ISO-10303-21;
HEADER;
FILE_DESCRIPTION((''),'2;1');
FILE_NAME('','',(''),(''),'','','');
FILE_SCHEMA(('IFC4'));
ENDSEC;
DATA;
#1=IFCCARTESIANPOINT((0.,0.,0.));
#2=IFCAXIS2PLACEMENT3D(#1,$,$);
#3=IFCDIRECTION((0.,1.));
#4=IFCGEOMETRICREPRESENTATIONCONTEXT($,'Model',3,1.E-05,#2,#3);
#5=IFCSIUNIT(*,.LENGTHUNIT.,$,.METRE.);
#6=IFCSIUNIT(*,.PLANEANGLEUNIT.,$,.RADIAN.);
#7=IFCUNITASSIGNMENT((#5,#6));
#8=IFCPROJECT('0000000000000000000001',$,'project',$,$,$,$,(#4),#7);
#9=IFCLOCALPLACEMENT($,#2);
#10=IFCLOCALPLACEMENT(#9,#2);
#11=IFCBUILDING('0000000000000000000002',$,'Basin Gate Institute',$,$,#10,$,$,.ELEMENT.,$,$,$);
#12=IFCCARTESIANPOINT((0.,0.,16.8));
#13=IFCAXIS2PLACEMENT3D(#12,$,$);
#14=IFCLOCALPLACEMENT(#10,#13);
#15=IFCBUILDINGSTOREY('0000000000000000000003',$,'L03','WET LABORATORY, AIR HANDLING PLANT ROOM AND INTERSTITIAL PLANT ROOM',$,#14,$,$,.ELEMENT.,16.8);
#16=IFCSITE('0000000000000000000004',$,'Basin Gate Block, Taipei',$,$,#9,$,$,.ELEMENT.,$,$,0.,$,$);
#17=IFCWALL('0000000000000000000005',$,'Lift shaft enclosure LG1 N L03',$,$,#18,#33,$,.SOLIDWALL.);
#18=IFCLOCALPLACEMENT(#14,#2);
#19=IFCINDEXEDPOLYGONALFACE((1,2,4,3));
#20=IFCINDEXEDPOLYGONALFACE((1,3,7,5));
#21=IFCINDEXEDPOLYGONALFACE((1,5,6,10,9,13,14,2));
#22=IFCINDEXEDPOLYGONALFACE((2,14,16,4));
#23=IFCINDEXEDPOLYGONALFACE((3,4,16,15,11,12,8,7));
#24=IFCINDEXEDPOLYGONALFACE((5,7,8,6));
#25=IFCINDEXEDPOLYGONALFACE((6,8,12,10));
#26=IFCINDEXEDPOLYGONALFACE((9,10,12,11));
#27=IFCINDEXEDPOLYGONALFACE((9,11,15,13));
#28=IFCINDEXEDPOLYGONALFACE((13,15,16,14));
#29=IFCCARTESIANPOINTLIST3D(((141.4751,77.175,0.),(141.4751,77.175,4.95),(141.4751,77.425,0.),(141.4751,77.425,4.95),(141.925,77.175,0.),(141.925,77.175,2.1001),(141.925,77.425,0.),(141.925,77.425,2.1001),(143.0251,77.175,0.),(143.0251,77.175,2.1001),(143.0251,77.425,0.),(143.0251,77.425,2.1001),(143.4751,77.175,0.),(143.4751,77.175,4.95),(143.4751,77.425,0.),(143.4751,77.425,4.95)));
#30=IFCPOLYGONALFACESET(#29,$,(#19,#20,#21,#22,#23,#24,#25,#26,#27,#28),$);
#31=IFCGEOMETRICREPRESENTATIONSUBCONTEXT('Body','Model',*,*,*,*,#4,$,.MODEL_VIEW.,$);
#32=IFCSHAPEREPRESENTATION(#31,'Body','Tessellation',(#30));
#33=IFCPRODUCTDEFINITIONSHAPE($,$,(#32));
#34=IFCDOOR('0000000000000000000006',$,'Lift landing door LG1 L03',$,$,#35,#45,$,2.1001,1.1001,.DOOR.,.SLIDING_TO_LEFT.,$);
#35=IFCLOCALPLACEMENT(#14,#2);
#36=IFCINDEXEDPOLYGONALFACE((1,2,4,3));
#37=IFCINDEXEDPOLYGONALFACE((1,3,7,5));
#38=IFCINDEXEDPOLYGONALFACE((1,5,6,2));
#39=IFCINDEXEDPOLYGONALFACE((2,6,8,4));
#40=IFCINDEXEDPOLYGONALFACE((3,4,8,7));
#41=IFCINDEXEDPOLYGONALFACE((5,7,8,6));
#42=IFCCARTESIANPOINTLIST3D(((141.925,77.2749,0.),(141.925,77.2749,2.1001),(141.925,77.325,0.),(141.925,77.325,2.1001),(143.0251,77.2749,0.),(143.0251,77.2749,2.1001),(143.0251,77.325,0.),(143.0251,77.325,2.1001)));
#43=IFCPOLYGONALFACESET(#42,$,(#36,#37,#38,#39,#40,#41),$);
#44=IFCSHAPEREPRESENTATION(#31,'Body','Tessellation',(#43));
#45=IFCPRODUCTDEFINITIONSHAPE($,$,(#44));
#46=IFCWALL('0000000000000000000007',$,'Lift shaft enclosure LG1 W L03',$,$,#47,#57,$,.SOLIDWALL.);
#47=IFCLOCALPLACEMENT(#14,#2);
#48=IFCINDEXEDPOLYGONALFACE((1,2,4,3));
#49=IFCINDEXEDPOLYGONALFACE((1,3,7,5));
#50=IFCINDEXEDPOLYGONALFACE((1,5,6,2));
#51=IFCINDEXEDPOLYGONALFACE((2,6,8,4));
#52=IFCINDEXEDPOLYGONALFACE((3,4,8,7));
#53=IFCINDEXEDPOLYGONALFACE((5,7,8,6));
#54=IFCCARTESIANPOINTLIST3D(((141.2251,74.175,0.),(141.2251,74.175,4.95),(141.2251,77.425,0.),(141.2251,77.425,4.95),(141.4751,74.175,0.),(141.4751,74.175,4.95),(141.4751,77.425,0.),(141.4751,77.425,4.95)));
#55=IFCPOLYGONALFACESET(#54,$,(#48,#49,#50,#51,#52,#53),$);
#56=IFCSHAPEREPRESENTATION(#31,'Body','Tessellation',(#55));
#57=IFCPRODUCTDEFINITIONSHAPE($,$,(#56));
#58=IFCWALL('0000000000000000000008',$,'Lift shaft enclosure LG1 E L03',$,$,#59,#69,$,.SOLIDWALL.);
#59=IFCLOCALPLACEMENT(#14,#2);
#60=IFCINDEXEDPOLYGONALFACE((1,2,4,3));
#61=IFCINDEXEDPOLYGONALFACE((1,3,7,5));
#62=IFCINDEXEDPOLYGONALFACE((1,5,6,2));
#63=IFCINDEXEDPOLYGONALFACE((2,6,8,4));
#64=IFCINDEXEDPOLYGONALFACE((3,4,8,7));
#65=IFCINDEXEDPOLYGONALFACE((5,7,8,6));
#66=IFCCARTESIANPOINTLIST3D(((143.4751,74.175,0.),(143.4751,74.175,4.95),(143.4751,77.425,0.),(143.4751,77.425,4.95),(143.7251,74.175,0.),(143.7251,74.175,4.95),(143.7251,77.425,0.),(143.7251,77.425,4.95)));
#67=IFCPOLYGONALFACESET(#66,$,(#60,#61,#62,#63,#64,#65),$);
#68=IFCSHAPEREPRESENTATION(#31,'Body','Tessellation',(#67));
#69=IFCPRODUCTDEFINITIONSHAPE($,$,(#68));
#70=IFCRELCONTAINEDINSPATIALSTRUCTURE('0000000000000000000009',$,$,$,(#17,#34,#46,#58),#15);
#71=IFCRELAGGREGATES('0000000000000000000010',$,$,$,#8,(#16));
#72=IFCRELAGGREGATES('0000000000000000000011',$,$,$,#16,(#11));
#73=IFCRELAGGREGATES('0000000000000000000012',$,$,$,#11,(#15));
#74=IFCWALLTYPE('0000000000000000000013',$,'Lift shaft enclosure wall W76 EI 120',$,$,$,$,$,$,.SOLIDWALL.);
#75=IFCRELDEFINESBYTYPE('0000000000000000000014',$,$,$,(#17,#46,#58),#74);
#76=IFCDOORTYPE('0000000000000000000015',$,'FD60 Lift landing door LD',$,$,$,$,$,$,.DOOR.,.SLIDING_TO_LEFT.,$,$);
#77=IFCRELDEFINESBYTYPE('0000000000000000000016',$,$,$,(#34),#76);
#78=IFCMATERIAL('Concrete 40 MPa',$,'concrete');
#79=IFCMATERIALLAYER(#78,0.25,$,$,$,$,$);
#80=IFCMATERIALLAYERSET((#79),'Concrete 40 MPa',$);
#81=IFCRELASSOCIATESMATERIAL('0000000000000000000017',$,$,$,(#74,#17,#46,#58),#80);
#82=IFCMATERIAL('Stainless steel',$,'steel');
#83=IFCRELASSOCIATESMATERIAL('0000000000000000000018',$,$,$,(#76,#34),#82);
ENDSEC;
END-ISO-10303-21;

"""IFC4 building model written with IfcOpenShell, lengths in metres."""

from ifc_helpers import new_model, si_unit, direction, frame, frame_2d, origin, place, context, subcontext, project, spatial, rectangle, extrude, material, layer, layer_set, type_object, element, fill, save


model = new_model("IFC4")

# Units and contexts
model_context = context("Model", 3, precision=1e-05, world=origin(), true_north=direction((0.0, 1.0)))
body_context = subcontext(model_context, "Body", "Model", "MODEL_VIEW")
ifc_project = project(units=[si_unit("LENGTHUNIT", "METRE"), si_unit("PLANEANGLEUNIT", "RADIAN")], contexts=[model_context])

# Site, building, storey
site_placement = place(None, origin())
site = spatial("IfcSite", under=ifc_project, at=site_placement, Name="Basin Gate Block, Taipei", CompositionType="ELEMENT", RefElevation=0.0)
building_placement = place(site_placement, origin())
building = spatial("IfcBuilding", under=site, at=building_placement, Name="Basin Gate Institute", CompositionType="ELEMENT")
storey_placement = place(building_placement, frame((0.0, 0.0, 16.8)))
storey = spatial("IfcBuildingStorey", under=building, at=storey_placement, Name="L03", Description="WET LABORATORY, AIR HANDLING PLANT ROOM AND INTERSTITIAL PLANT ROOM", CompositionType="ELEMENT", Elevation=16.8)

# Shared definitions
ifc_material_1 = material(Name="Concrete 40 MPa", Category="concrete")
ifc_layer_1 = layer(ifc_material_1, 0.25)
ifc_layer_set_1 = layer_set([ifc_layer_1], Name="Concrete 40 MPa")
wall_type_1 = type_object("IfcWallType", Name="Lift shaft enclosure wall W76 EI 120", PredefinedType="SOLIDWALL", material=ifc_layer_set_1)

# Wall, opening, door
wall_1_placement = place(storey_placement, frame((141.4751, 77.3, 0.0), z_axis=(0.0, 0.0, 1.0), x_axis=(1.0, 0.0, 0.0)))
wall_1 = element("IfcWall", 1, at=wall_1_placement, inside=storey, type_object=wall_type_1, material=ifc_layer_set_1, Name="Lift shaft enclosure LG1 N L03", PredefinedType="SOLIDWALL", context=body_context, shape_type="SweptSolid", body=[
    extrude(rectangle(XDim=2.0, YDim=0.25, at=frame_2d((1.0, 0.0))), origin(), (0.0, 0.0, 1.0), 4.95),
])
opening_1_placement = place(wall_1_placement, frame((0.45, 0.0, 0.0)))
opening_1 = element("IfcOpeningElement", 2, at=opening_1_placement, cuts=wall_1, PredefinedType="OPENING", context=body_context, shape_type="SweptSolid", body=[
    extrude(rectangle(XDim=1.1001, YDim=2.1001, at=frame_2d((0.55, 1.05))), frame((0.0, 0.135, 0.0), z_axis=(0.0, -1.0, 0.0), x_axis=(1.0, 0.0, 0.0)), (0.0, 0.0, 1.0), 0.27),
])
ifc_material_2 = material(Name="Stainless steel", Category="steel")
door_type_1 = type_object("IfcDoorType", Name="FD60 Lift landing door LD", OperationType="SLIDING_TO_LEFT", PredefinedType="DOOR", material=ifc_material_2)
door_1_placement = place(opening_1_placement, origin())
door_1 = element("IfcDoor", 3, at=door_1_placement, inside=storey, type_object=door_type_1, material=ifc_material_2, Name="Lift landing door LG1 L03", OperationType="SLIDING_TO_LEFT", OverallHeight=2.1001, OverallWidth=1.1001, PredefinedType="DOOR", context=body_context, shape_type="SweptSolid", body=[
    extrude(rectangle(XDim=1.1001, YDim=2.1001, at=frame_2d((0.55, 1.05))), frame((0.0, 0.0249, 0.0), z_axis=(0.0, -1.0, 0.0), x_axis=(1.0, 0.0, 0.0)), (0.0, 0.0, 1.0), 0.05),
])
fill(opening_1, door_1)

# Walls
for number, where, z_axis, x_axis, name in (
    (4, (141.3501, 74.175, 0.0), (0.0, 0.0, 1.0), (0.0, 1.0, 0.0), "Lift shaft enclosure LG1 W L03"),
    (5, (143.6001, 74.175, 0.0), (0.0, 0.0, 1.0), (0.0, 1.0, 0.0), "Lift shaft enclosure LG1 E L03"),
):
    element("IfcWall", number, at=place(storey_placement, frame(where, z_axis=z_axis, x_axis=x_axis)), inside=storey, type_object=wall_type_1, material=ifc_layer_set_1, Name=name, PredefinedType="SOLIDWALL", context=body_context, shape_type="SweptSolid", body=[
        extrude(rectangle(XDim=3.25, YDim=0.25, at=frame_2d((1.625, 0.0))), origin(), (0.0, 0.0, 1.0), 4.95),
    ])

save(model, "model.ifc")
